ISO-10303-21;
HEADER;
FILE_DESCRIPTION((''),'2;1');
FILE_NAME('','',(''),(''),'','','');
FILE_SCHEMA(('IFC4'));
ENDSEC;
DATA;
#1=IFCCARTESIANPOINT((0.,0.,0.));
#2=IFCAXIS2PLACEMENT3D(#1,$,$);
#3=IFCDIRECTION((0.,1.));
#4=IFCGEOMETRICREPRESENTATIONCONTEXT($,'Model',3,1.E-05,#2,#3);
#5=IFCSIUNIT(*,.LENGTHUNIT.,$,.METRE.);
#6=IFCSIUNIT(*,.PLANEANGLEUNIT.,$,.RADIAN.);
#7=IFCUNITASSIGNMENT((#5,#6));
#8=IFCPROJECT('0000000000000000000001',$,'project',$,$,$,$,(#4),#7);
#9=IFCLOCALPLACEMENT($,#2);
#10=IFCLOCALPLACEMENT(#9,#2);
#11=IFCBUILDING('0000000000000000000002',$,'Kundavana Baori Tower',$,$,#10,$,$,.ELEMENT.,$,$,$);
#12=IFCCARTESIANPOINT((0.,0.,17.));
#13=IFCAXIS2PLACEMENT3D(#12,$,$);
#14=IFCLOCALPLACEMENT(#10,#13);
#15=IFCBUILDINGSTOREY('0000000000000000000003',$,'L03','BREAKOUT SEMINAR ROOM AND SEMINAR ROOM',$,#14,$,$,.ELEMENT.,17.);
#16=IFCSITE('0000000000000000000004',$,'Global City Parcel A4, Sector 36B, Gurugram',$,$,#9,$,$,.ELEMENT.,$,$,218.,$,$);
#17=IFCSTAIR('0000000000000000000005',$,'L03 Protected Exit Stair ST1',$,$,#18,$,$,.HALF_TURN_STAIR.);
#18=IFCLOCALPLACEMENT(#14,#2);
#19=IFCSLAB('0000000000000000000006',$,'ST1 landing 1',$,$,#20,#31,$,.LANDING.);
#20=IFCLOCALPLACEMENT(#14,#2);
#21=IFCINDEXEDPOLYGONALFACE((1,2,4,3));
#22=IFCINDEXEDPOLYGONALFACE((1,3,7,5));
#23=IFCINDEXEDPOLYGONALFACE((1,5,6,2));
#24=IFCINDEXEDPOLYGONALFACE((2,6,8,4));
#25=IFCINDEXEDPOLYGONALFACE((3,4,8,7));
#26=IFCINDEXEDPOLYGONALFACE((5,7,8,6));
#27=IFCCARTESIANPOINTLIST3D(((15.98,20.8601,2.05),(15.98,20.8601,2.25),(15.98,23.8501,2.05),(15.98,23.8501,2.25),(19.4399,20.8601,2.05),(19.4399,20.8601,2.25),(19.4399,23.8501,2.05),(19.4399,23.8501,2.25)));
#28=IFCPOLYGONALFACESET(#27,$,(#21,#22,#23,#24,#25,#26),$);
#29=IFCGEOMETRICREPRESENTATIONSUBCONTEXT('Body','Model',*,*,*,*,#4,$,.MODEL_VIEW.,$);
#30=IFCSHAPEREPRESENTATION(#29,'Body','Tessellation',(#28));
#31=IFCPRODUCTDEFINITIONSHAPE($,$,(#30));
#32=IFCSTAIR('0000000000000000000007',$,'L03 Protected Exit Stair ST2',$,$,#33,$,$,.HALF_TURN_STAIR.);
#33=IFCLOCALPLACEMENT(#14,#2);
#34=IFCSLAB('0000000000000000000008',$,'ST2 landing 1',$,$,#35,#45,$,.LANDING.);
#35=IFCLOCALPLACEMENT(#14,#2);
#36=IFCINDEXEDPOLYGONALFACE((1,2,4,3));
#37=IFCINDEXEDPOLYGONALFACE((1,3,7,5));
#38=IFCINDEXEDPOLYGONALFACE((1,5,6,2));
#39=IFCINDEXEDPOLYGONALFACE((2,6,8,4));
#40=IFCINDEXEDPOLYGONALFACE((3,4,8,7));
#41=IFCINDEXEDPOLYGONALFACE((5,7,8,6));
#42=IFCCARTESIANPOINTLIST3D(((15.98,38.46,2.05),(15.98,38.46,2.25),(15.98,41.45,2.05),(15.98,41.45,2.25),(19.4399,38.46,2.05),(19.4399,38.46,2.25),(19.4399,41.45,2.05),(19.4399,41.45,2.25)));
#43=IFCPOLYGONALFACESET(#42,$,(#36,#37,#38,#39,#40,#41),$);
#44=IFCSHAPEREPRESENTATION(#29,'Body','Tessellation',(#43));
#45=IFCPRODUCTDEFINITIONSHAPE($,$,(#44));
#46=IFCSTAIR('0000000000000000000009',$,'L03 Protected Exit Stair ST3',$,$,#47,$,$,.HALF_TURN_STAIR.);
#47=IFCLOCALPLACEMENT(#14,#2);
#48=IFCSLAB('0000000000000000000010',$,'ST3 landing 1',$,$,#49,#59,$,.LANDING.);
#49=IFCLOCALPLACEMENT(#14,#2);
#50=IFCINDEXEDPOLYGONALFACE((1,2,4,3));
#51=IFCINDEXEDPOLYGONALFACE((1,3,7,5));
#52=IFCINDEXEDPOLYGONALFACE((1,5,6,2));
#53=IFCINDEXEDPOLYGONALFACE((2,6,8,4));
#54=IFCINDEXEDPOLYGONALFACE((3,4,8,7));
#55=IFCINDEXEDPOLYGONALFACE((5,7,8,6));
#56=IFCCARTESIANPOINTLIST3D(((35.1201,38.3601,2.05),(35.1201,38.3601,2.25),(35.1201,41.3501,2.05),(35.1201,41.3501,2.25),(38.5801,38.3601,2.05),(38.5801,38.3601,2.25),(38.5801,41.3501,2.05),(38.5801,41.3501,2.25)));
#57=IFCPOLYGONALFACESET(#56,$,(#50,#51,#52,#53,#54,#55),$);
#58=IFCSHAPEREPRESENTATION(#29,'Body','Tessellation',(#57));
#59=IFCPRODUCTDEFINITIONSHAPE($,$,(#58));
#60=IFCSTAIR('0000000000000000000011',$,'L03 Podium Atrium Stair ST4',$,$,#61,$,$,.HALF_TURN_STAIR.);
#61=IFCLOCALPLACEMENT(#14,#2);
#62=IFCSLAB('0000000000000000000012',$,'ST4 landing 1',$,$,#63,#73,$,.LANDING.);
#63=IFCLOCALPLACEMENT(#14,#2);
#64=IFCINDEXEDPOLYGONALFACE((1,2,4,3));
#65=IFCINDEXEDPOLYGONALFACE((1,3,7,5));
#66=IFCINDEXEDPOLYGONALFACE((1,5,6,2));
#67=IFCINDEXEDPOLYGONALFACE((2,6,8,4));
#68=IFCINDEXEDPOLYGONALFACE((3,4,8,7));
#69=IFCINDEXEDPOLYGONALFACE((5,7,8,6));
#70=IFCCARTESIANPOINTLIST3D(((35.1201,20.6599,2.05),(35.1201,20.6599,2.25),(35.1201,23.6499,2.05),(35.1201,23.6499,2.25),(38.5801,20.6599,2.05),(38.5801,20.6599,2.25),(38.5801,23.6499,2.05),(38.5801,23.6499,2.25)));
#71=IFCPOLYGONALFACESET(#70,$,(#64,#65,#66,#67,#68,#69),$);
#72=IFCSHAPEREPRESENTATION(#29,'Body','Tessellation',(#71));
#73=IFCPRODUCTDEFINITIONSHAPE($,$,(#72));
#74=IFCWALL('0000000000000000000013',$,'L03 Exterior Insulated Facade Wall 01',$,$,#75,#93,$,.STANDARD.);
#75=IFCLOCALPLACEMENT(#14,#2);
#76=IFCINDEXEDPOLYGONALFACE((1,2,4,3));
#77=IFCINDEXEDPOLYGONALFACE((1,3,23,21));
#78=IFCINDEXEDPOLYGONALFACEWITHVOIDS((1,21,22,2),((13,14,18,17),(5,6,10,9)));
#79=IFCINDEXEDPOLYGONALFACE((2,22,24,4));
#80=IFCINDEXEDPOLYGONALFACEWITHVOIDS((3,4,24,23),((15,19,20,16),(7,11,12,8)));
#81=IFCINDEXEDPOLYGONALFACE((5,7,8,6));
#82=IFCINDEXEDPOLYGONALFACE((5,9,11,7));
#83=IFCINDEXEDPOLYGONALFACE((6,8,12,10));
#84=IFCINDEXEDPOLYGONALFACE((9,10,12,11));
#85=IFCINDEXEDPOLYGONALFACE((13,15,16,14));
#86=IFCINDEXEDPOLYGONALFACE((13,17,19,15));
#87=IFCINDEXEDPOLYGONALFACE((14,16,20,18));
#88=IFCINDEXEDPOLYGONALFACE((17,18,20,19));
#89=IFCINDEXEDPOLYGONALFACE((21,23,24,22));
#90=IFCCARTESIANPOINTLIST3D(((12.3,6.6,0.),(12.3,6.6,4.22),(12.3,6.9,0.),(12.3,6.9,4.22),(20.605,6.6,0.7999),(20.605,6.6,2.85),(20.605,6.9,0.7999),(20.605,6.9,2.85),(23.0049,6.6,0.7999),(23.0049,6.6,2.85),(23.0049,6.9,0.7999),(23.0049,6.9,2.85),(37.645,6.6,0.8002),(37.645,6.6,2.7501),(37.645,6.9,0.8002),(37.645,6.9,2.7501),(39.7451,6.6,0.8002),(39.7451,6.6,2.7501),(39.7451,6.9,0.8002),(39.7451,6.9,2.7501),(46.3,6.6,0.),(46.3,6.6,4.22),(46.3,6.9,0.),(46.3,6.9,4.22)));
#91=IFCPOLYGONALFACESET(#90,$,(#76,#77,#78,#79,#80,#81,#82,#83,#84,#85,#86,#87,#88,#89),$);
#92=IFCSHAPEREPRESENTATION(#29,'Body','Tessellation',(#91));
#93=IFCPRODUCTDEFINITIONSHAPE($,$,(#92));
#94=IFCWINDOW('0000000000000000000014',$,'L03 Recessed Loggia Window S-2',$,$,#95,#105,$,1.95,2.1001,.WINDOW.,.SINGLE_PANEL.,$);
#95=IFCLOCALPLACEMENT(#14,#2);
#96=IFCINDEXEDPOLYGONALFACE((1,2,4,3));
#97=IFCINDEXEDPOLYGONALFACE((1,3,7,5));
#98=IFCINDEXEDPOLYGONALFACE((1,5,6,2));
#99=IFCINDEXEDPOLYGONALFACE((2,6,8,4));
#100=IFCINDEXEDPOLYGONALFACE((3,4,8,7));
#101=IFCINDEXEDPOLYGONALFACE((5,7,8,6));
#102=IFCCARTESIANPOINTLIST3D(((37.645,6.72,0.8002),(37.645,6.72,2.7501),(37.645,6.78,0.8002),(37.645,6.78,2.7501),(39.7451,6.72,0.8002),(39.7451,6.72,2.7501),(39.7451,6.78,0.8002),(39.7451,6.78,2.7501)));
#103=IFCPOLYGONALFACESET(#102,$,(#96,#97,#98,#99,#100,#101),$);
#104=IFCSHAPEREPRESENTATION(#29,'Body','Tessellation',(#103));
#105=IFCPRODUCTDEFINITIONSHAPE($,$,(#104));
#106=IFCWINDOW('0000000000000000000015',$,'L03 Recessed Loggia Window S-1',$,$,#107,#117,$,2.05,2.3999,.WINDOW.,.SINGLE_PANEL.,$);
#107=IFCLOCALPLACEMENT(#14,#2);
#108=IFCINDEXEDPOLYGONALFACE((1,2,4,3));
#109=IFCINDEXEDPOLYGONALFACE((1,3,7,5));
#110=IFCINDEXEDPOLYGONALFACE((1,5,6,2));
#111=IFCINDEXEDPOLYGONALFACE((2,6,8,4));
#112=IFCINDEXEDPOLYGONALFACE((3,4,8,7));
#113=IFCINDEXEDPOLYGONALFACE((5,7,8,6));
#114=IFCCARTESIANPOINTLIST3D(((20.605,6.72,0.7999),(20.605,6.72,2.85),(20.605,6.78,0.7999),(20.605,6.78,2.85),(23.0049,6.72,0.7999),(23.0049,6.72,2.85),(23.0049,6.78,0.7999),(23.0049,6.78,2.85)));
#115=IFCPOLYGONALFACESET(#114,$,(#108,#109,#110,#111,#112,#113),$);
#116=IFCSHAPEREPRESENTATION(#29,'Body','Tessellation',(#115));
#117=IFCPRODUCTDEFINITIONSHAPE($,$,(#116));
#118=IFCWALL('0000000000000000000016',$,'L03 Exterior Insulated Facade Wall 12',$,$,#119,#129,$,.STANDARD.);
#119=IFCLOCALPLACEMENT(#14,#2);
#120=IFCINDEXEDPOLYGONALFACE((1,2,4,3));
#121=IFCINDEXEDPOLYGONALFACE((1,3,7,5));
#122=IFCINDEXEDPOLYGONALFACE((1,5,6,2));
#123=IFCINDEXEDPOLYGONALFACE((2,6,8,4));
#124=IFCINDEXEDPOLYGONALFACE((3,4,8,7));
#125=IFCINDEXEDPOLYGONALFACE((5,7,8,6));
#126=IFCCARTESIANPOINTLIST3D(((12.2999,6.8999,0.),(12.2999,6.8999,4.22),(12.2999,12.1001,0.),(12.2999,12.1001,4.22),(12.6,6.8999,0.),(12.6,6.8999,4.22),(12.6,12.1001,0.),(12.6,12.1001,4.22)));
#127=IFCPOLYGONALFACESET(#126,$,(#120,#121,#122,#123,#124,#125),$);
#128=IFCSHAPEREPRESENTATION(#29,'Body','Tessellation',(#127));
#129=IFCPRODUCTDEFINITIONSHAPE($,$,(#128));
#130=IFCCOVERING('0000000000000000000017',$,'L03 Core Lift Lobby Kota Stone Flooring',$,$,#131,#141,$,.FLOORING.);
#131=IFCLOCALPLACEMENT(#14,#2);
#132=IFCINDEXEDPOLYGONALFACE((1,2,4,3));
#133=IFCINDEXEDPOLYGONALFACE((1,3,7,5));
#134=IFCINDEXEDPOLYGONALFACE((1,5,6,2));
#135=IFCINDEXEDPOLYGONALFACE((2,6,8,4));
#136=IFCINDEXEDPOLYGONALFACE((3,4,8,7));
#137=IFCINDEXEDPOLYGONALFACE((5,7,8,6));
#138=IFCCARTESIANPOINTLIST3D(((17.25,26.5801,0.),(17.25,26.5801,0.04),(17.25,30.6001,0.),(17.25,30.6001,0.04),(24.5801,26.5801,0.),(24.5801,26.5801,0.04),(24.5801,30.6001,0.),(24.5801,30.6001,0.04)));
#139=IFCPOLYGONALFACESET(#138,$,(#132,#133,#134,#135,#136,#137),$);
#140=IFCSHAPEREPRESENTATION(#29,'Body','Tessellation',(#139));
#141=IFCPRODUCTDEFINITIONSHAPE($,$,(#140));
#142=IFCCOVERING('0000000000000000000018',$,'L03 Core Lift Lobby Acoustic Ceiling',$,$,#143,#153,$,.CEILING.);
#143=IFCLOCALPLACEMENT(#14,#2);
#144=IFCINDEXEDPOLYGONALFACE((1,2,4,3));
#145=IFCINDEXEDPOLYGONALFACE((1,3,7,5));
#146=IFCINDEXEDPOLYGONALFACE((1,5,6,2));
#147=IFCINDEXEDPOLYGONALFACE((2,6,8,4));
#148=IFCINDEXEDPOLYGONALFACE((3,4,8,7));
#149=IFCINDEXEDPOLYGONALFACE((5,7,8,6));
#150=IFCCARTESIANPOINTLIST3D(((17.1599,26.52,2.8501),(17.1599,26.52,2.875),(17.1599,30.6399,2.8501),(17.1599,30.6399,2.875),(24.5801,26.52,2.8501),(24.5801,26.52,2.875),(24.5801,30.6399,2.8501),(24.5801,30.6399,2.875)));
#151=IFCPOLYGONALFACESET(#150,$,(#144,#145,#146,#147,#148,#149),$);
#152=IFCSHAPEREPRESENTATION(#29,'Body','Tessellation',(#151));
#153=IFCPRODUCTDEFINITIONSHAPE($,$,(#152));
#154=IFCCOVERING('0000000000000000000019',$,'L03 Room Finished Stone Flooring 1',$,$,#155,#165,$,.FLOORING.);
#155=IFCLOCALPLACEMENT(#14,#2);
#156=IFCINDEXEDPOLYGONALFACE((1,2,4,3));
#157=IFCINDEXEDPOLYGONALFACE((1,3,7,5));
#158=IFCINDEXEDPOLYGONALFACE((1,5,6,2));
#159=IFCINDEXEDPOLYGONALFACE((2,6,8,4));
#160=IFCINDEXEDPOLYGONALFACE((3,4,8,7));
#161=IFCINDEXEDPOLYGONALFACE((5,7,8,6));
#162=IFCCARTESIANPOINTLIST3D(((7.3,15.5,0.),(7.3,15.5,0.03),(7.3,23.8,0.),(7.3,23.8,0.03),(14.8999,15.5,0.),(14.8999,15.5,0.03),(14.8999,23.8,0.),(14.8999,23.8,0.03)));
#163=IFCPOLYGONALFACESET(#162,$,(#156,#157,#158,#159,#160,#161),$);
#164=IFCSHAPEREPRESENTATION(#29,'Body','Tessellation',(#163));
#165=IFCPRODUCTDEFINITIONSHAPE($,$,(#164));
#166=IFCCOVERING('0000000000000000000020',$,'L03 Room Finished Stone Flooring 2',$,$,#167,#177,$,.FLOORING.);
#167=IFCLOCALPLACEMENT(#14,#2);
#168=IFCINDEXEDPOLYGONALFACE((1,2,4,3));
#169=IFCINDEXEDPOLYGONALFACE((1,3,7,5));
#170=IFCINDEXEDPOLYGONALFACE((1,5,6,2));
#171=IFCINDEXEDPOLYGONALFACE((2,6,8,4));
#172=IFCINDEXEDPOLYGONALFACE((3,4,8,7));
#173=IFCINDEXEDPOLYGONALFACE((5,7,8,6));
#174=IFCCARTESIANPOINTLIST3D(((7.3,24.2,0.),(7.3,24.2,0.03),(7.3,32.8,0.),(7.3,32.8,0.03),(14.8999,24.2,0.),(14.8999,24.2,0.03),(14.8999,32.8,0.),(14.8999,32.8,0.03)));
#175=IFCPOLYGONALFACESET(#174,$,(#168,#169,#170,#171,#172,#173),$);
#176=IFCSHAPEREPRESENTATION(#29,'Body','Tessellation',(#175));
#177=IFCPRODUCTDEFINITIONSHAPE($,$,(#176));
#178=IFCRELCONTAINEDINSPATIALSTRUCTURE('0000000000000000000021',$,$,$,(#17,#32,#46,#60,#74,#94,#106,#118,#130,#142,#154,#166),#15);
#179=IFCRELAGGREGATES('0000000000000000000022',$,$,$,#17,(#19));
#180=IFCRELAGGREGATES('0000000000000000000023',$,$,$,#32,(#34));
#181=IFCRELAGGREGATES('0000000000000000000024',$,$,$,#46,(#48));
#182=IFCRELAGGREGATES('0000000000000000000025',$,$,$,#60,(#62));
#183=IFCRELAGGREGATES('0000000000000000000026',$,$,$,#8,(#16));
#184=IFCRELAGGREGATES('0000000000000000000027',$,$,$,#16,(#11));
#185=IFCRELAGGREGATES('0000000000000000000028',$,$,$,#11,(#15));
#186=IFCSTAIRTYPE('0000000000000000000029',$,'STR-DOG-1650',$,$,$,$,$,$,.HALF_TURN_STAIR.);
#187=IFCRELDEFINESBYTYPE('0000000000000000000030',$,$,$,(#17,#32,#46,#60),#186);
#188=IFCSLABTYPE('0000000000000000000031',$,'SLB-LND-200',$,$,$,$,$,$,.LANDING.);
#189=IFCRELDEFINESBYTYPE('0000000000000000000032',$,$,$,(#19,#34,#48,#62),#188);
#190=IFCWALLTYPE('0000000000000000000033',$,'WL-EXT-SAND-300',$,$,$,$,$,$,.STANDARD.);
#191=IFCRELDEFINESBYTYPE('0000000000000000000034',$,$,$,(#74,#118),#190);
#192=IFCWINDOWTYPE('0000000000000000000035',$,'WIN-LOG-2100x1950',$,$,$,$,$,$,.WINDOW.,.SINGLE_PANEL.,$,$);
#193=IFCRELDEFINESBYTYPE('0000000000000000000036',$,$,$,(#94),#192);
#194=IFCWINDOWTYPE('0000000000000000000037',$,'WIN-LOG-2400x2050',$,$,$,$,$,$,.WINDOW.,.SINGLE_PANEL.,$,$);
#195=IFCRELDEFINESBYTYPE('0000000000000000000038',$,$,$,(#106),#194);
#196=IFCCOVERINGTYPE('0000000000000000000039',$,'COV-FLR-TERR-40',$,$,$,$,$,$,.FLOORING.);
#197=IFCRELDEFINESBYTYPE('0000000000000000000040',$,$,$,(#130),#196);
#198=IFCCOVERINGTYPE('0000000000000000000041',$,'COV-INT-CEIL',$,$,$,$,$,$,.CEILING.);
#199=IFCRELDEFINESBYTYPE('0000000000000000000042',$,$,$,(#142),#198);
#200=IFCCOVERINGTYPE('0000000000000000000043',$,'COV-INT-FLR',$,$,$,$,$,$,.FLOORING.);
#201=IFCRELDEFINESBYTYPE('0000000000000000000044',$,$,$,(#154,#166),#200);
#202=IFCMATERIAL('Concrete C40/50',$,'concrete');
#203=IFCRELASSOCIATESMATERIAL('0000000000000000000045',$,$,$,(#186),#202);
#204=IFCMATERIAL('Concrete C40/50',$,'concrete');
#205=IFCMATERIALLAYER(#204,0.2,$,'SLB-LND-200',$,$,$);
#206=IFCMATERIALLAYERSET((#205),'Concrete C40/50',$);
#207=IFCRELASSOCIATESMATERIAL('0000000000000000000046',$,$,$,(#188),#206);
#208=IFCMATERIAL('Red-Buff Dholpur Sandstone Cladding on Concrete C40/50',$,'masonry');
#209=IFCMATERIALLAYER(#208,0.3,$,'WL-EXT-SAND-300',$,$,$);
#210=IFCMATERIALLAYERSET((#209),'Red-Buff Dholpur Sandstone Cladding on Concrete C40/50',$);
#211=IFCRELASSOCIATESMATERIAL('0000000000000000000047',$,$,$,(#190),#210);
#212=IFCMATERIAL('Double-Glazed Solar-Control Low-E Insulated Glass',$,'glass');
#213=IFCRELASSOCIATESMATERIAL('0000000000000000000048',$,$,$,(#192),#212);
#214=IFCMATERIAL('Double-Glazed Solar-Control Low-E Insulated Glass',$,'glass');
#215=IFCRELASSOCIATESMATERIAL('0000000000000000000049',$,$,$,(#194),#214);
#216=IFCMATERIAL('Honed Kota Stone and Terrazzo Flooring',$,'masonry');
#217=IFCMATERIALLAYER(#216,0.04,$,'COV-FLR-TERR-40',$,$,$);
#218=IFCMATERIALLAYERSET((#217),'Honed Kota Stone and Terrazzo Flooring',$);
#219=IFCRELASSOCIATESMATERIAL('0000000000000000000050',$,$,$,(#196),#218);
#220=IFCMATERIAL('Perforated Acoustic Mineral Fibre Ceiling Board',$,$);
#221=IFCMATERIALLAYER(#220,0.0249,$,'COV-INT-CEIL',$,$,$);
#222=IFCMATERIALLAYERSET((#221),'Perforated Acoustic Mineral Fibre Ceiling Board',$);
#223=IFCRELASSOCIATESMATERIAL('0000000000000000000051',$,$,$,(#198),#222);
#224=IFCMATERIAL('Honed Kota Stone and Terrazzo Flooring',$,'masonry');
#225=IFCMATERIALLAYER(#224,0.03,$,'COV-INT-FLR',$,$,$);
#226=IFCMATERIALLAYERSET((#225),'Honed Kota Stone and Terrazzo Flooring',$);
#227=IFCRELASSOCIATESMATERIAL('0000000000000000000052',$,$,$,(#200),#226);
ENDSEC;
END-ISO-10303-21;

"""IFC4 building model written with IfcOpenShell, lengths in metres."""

from ifc_helpers import new_model, si_unit, direction, frame, frame_2d, origin, place, context, subcontext, project, spatial, polyline, rectangle, outline, extrude, material, layer, layer_set, type_object, element, fill, aggregate, save


model = new_model("IFC4")

# Units and contexts
model_context = context("Model", 3, precision=1e-05, world=origin(), true_north=direction((0.0, 1.0)))
body_context = subcontext(model_context, "Body", "Model", "MODEL_VIEW")
ifc_project = project(units=[si_unit("LENGTHUNIT", "METRE"), si_unit("PLANEANGLEUNIT", "RADIAN")], contexts=[model_context])

# Site, building, storey
site_placement = place(None, origin())
site = spatial("IfcSite", under=ifc_project, at=site_placement, Name="Global City Parcel A4, Sector 36B, Gurugram", CompositionType="ELEMENT", RefElevation=218.0)
building_placement = place(site_placement, origin())
building = spatial("IfcBuilding", under=site, at=building_placement, Name="Kundavana Baori Tower", CompositionType="ELEMENT")
storey_placement = place(building_placement, frame((0.0, 0.0, 17.0)))
storey = spatial("IfcBuildingStorey", under=building, at=storey_placement, Name="L03", Description="BREAKOUT SEMINAR ROOM AND SEMINAR ROOM", CompositionType="ELEMENT", Elevation=17.0)

# Stairs, slabs
ifc_material_1 = material(Name="Concrete C40/50", Category="concrete")
stair_type = type_object("IfcStairType", Name="STR-DOG-1650", PredefinedType="HALF_TURN_STAIR", material=ifc_material_1)
stair_1_placement = place(storey_placement, origin())
stair_1 = element("IfcStair", 1, at=stair_1_placement, inside=storey, type_object=stair_type, Name="L03 Protected Exit Stair ST1", PredefinedType="HALF_TURN_STAIR")
ifc_material_2 = material(Name="Concrete C40/50", Category="concrete")
ifc_layer_1 = layer(ifc_material_2, 0.2, Name="SLB-LND-200")
ifc_layer_set_1 = layer_set([ifc_layer_1], Name="Concrete C40/50")
slab_type_1 = type_object("IfcSlabType", Name="SLB-LND-200", PredefinedType="LANDING", material=ifc_layer_set_1)
slab_1_placement = place(storey_placement, frame((0.0, 0.0, 2.05)))
slab_1 = element("IfcSlab", 2, at=slab_1_placement, type_object=slab_type_1, Name="ST1 landing 1", PredefinedType="LANDING", context=body_context, shape_type="SweptSolid", body=[
    extrude(outline(polyline([(19.4399, 20.8601), (19.4399, 23.8501), (15.98, 23.8501), (15.98, 20.8601), (19.4399, 20.8601)])), origin(), (0.0, 0.0, 1.0), 0.2),
])
aggregate(stair_1, [slab_1])
stair_2_placement = place(storey_placement, origin())
stair_2 = element("IfcStair", 3, at=stair_2_placement, inside=storey, type_object=stair_type, Name="L03 Protected Exit Stair ST2", PredefinedType="HALF_TURN_STAIR")
slab_2_placement = place(storey_placement, frame((0.0, 0.0, 2.05)))
slab_2 = element("IfcSlab", 4, at=slab_2_placement, type_object=slab_type_1, Name="ST2 landing 1", PredefinedType="LANDING", context=body_context, shape_type="SweptSolid", body=[
    extrude(outline(polyline([(19.4399, 38.46), (19.4399, 41.45), (15.98, 41.45), (15.98, 38.46), (19.4399, 38.46)])), origin(), (0.0, 0.0, 1.0), 0.2),
])
aggregate(stair_2, [slab_2])
stair_3_placement = place(storey_placement, origin())
stair_3 = element("IfcStair", 5, at=stair_3_placement, inside=storey, type_object=stair_type, Name="L03 Protected Exit Stair ST3", PredefinedType="HALF_TURN_STAIR")
slab_3_placement = place(storey_placement, frame((0.0, 0.0, 2.05)))
slab_3 = element("IfcSlab", 6, at=slab_3_placement, type_object=slab_type_1, Name="ST3 landing 1", PredefinedType="LANDING", context=body_context, shape_type="SweptSolid", body=[
    extrude(outline(polyline([(38.5801, 38.3601), (38.5801, 41.3501), (35.1201, 41.3501), (35.1201, 38.3601), (38.5801, 38.3601)])), origin(), (0.0, 0.0, 1.0), 0.2),
])
aggregate(stair_3, [slab_3])
stair_4_placement = place(storey_placement, origin())
stair_4 = element("IfcStair", 7, at=stair_4_placement, inside=storey, type_object=stair_type, Name="L03 Podium Atrium Stair ST4", PredefinedType="HALF_TURN_STAIR")
slab_4_placement = place(storey_placement, frame((0.0, 0.0, 2.05)))
slab_4 = element("IfcSlab", 8, at=slab_4_placement, type_object=slab_type_1, Name="ST4 landing 1", PredefinedType="LANDING", context=body_context, shape_type="SweptSolid", body=[
    extrude(outline(polyline([(38.5801, 20.6599), (38.5801, 23.6499), (35.1201, 23.6499), (35.1201, 20.6599), (38.5801, 20.6599)])), origin(), (0.0, 0.0, 1.0), 0.2),
])
aggregate(stair_4, [slab_4])

# Wall, openings, windows
ifc_material_3 = material(Name="Red-Buff Dholpur Sandstone Cladding on Concrete C40/50", Category="masonry")
ifc_layer_2 = layer(ifc_material_3, 0.3, Name="WL-EXT-SAND-300")
ifc_layer_set_2 = layer_set([ifc_layer_2], Name="Red-Buff Dholpur Sandstone Cladding on Concrete C40/50")
wall_type = type_object("IfcWallType", Name="WL-EXT-SAND-300", PredefinedType="STANDARD", material=ifc_layer_set_2)
wall_1_placement = place(storey_placement, frame((12.3, 6.75, 0.0), z_axis=(0.0, 0.0, 1.0), x_axis=(1.0, 0.0, 0.0)))
wall_1 = element("IfcWall", 9, at=wall_1_placement, inside=storey, type_object=wall_type, Name="L03 Exterior Insulated Facade Wall 01", PredefinedType="STANDARD", context=body_context, shape_type="SweptSolid", body=[
    extrude(rectangle(XDim=34.0, YDim=0.3, at=frame_2d((17.0, 0.0))), origin(), (0.0, 0.0, 1.0), 4.22),
])
opening_1_placement = place(wall_1_placement, frame((8.3049, 0.0, 0.8)))
opening_1 = element("IfcOpeningElement", 10, at=opening_1_placement, cuts=wall_1, PredefinedType="OPENING", context=body_context, shape_type="SweptSolid", body=[
    extrude(rectangle(XDim=2.3999, YDim=2.05, at=frame_2d((1.2, 1.0249))), frame((0.0, 0.1602, 0.0), z_axis=(0.0, -1.0, 0.0), x_axis=(1.0, 0.0, 0.0)), (0.0, 0.0, 1.0), 0.3201),
])
opening_2_placement = place(wall_1_placement, frame((25.345, 0.0, 0.8)))
opening_2 = element("IfcOpeningElement", 11, at=opening_2_placement, cuts=wall_1, PredefinedType="OPENING", context=body_context, shape_type="SweptSolid", body=[
    extrude(rectangle(XDim=2.1001, YDim=1.95, at=frame_2d((1.05, 0.9751))), frame((0.0, 0.1602, 0.0), z_axis=(0.0, -1.0, 0.0), x_axis=(1.0, 0.0, 0.0)), (0.0, 0.0, 1.0), 0.3201),
])
ifc_material_4 = material(Name="Double-Glazed Solar-Control Low-E Insulated Glass", Category="glass")
window_type_1 = type_object("IfcWindowType", Name="WIN-LOG-2100x1950", PartitioningType="SINGLE_PANEL", PredefinedType="WINDOW", material=ifc_material_4)
window_1_placement = place(opening_2_placement, origin())
window_1 = element("IfcWindow", 12, at=window_1_placement, inside=storey, type_object=window_type_1, Name="L03 Recessed Loggia Window S-2", OverallHeight=1.95, OverallWidth=2.1001, PartitioningType="SINGLE_PANEL", PredefinedType="WINDOW", context=body_context, shape_type="SweptSolid", body=[
    extrude(rectangle(XDim=2.1001, YDim=1.95, at=frame_2d((1.05, 0.9751))), frame((0.0, 0.03, 0.0), z_axis=(0.0, -1.0, 0.0), x_axis=(1.0, 0.0, 0.0)), (0.0, 0.0, 1.0), 0.0601),
])
fill(opening_2, window_1)
ifc_material_5 = material(Name="Double-Glazed Solar-Control Low-E Insulated Glass", Category="glass")
window_type_2 = type_object("IfcWindowType", Name="WIN-LOG-2400x2050", PartitioningType="SINGLE_PANEL", PredefinedType="WINDOW", material=ifc_material_5)
window_2_placement = place(opening_1_placement, origin())
window_2 = element("IfcWindow", 13, at=window_2_placement, inside=storey, type_object=window_type_2, Name="L03 Recessed Loggia Window S-1", OverallHeight=2.05, OverallWidth=2.3999, PartitioningType="SINGLE_PANEL", PredefinedType="WINDOW", context=body_context, shape_type="SweptSolid", body=[
    extrude(rectangle(XDim=2.3999, YDim=2.05, at=frame_2d((1.2, 1.0249))), frame((0.0, 0.03, 0.0), z_axis=(0.0, -1.0, 0.0), x_axis=(1.0, 0.0, 0.0)), (0.0, 0.0, 1.0), 0.0601),
])
fill(opening_1, window_2)

# Wall
wall_2_placement = place(storey_placement, frame((12.45, 12.1001, 0.0), z_axis=(0.0, 0.0, 1.0), x_axis=(0.0, -1.0, 0.0)))
element("IfcWall", 14, at=wall_2_placement, inside=storey, type_object=wall_type, Name="L03 Exterior Insulated Facade Wall 12", PredefinedType="STANDARD", context=body_context, shape_type="SweptSolid", body=[
    extrude(rectangle(XDim=5.2002, YDim=0.3, at=frame_2d((2.6001, 0.0))), origin(), (0.0, 0.0, 1.0), 4.22),
])

# Coverings
ifc_material_6 = material(Name="Honed Kota Stone and Terrazzo Flooring", Category="masonry")
ifc_layer_3 = layer(ifc_material_6, 0.04, Name="COV-FLR-TERR-40")
ifc_layer_set_3 = layer_set([ifc_layer_3], Name="Honed Kota Stone and Terrazzo Flooring")
covering_type_1 = type_object("IfcCoveringType", Name="COV-FLR-TERR-40", PredefinedType="FLOORING", material=ifc_layer_set_3)
covering_1_placement = place(storey_placement, origin())
element("IfcCovering", 15, at=covering_1_placement, inside=storey, type_object=covering_type_1, Name="L03 Core Lift Lobby Kota Stone Flooring", PredefinedType="FLOORING", context=body_context, shape_type="SweptSolid", body=[
    extrude(outline(polyline([(17.25, 26.5801), (24.5801, 26.5801), (24.5801, 30.6001), (17.25, 30.6001), (17.25, 26.5801)])), origin(), (0.0, 0.0, 1.0), 0.04),
])
ifc_material_7 = material(Name="Perforated Acoustic Mineral Fibre Ceiling Board")
ifc_layer_4 = layer(ifc_material_7, 0.0249, Name="COV-INT-CEIL")
ifc_layer_set_4 = layer_set([ifc_layer_4], Name="Perforated Acoustic Mineral Fibre Ceiling Board")
covering_type_2 = type_object("IfcCoveringType", Name="COV-INT-CEIL", PredefinedType="CEILING", material=ifc_layer_set_4)
covering_2_placement = place(storey_placement, frame((0.0, 0.0, 2.8501)))
element("IfcCovering", 16, at=covering_2_placement, inside=storey, type_object=covering_type_2, Name="L03 Core Lift Lobby Acoustic Ceiling", PredefinedType="CEILING", context=body_context, shape_type="SweptSolid", body=[
    extrude(outline(polyline([(17.1599, 26.52), (24.5801, 26.52), (24.5801, 30.6399), (17.1599, 30.6399), (17.1599, 26.52)])), origin(), (0.0, 0.0, 1.0), 0.0249),
])
ifc_material_8 = material(Name="Honed Kota Stone and Terrazzo Flooring", Category="masonry")
ifc_layer_5 = layer(ifc_material_8, 0.03, Name="COV-INT-FLR")
ifc_layer_set_5 = layer_set([ifc_layer_5], Name="Honed Kota Stone and Terrazzo Flooring")
covering_type_3 = type_object("IfcCoveringType", Name="COV-INT-FLR", PredefinedType="FLOORING", material=ifc_layer_set_5)
covering_3_placement = place(storey_placement, origin())
element("IfcCovering", 17, at=covering_3_placement, inside=storey, type_object=covering_type_3, Name="L03 Room Finished Stone Flooring 1", PredefinedType="FLOORING", context=body_context, shape_type="SweptSolid", body=[
    extrude(outline(polyline([(7.3, 15.5), (14.8999, 15.5), (14.8999, 23.8), (7.3, 23.8), (7.3, 15.5)])), origin(), (0.0, 0.0, 1.0), 0.03),
])
covering_4_placement = place(storey_placement, origin())
element("IfcCovering", 18, at=covering_4_placement, inside=storey, type_object=covering_type_3, Name="L03 Room Finished Stone Flooring 2", PredefinedType="FLOORING", context=body_context, shape_type="SweptSolid", body=[
    extrude(outline(polyline([(7.3, 24.2), (14.8999, 24.2), (14.8999, 32.8), (7.3, 32.8), (7.3, 24.2)])), origin(), (0.0, 0.0, 1.0), 0.03),
])

save(model, "model.ifc")
